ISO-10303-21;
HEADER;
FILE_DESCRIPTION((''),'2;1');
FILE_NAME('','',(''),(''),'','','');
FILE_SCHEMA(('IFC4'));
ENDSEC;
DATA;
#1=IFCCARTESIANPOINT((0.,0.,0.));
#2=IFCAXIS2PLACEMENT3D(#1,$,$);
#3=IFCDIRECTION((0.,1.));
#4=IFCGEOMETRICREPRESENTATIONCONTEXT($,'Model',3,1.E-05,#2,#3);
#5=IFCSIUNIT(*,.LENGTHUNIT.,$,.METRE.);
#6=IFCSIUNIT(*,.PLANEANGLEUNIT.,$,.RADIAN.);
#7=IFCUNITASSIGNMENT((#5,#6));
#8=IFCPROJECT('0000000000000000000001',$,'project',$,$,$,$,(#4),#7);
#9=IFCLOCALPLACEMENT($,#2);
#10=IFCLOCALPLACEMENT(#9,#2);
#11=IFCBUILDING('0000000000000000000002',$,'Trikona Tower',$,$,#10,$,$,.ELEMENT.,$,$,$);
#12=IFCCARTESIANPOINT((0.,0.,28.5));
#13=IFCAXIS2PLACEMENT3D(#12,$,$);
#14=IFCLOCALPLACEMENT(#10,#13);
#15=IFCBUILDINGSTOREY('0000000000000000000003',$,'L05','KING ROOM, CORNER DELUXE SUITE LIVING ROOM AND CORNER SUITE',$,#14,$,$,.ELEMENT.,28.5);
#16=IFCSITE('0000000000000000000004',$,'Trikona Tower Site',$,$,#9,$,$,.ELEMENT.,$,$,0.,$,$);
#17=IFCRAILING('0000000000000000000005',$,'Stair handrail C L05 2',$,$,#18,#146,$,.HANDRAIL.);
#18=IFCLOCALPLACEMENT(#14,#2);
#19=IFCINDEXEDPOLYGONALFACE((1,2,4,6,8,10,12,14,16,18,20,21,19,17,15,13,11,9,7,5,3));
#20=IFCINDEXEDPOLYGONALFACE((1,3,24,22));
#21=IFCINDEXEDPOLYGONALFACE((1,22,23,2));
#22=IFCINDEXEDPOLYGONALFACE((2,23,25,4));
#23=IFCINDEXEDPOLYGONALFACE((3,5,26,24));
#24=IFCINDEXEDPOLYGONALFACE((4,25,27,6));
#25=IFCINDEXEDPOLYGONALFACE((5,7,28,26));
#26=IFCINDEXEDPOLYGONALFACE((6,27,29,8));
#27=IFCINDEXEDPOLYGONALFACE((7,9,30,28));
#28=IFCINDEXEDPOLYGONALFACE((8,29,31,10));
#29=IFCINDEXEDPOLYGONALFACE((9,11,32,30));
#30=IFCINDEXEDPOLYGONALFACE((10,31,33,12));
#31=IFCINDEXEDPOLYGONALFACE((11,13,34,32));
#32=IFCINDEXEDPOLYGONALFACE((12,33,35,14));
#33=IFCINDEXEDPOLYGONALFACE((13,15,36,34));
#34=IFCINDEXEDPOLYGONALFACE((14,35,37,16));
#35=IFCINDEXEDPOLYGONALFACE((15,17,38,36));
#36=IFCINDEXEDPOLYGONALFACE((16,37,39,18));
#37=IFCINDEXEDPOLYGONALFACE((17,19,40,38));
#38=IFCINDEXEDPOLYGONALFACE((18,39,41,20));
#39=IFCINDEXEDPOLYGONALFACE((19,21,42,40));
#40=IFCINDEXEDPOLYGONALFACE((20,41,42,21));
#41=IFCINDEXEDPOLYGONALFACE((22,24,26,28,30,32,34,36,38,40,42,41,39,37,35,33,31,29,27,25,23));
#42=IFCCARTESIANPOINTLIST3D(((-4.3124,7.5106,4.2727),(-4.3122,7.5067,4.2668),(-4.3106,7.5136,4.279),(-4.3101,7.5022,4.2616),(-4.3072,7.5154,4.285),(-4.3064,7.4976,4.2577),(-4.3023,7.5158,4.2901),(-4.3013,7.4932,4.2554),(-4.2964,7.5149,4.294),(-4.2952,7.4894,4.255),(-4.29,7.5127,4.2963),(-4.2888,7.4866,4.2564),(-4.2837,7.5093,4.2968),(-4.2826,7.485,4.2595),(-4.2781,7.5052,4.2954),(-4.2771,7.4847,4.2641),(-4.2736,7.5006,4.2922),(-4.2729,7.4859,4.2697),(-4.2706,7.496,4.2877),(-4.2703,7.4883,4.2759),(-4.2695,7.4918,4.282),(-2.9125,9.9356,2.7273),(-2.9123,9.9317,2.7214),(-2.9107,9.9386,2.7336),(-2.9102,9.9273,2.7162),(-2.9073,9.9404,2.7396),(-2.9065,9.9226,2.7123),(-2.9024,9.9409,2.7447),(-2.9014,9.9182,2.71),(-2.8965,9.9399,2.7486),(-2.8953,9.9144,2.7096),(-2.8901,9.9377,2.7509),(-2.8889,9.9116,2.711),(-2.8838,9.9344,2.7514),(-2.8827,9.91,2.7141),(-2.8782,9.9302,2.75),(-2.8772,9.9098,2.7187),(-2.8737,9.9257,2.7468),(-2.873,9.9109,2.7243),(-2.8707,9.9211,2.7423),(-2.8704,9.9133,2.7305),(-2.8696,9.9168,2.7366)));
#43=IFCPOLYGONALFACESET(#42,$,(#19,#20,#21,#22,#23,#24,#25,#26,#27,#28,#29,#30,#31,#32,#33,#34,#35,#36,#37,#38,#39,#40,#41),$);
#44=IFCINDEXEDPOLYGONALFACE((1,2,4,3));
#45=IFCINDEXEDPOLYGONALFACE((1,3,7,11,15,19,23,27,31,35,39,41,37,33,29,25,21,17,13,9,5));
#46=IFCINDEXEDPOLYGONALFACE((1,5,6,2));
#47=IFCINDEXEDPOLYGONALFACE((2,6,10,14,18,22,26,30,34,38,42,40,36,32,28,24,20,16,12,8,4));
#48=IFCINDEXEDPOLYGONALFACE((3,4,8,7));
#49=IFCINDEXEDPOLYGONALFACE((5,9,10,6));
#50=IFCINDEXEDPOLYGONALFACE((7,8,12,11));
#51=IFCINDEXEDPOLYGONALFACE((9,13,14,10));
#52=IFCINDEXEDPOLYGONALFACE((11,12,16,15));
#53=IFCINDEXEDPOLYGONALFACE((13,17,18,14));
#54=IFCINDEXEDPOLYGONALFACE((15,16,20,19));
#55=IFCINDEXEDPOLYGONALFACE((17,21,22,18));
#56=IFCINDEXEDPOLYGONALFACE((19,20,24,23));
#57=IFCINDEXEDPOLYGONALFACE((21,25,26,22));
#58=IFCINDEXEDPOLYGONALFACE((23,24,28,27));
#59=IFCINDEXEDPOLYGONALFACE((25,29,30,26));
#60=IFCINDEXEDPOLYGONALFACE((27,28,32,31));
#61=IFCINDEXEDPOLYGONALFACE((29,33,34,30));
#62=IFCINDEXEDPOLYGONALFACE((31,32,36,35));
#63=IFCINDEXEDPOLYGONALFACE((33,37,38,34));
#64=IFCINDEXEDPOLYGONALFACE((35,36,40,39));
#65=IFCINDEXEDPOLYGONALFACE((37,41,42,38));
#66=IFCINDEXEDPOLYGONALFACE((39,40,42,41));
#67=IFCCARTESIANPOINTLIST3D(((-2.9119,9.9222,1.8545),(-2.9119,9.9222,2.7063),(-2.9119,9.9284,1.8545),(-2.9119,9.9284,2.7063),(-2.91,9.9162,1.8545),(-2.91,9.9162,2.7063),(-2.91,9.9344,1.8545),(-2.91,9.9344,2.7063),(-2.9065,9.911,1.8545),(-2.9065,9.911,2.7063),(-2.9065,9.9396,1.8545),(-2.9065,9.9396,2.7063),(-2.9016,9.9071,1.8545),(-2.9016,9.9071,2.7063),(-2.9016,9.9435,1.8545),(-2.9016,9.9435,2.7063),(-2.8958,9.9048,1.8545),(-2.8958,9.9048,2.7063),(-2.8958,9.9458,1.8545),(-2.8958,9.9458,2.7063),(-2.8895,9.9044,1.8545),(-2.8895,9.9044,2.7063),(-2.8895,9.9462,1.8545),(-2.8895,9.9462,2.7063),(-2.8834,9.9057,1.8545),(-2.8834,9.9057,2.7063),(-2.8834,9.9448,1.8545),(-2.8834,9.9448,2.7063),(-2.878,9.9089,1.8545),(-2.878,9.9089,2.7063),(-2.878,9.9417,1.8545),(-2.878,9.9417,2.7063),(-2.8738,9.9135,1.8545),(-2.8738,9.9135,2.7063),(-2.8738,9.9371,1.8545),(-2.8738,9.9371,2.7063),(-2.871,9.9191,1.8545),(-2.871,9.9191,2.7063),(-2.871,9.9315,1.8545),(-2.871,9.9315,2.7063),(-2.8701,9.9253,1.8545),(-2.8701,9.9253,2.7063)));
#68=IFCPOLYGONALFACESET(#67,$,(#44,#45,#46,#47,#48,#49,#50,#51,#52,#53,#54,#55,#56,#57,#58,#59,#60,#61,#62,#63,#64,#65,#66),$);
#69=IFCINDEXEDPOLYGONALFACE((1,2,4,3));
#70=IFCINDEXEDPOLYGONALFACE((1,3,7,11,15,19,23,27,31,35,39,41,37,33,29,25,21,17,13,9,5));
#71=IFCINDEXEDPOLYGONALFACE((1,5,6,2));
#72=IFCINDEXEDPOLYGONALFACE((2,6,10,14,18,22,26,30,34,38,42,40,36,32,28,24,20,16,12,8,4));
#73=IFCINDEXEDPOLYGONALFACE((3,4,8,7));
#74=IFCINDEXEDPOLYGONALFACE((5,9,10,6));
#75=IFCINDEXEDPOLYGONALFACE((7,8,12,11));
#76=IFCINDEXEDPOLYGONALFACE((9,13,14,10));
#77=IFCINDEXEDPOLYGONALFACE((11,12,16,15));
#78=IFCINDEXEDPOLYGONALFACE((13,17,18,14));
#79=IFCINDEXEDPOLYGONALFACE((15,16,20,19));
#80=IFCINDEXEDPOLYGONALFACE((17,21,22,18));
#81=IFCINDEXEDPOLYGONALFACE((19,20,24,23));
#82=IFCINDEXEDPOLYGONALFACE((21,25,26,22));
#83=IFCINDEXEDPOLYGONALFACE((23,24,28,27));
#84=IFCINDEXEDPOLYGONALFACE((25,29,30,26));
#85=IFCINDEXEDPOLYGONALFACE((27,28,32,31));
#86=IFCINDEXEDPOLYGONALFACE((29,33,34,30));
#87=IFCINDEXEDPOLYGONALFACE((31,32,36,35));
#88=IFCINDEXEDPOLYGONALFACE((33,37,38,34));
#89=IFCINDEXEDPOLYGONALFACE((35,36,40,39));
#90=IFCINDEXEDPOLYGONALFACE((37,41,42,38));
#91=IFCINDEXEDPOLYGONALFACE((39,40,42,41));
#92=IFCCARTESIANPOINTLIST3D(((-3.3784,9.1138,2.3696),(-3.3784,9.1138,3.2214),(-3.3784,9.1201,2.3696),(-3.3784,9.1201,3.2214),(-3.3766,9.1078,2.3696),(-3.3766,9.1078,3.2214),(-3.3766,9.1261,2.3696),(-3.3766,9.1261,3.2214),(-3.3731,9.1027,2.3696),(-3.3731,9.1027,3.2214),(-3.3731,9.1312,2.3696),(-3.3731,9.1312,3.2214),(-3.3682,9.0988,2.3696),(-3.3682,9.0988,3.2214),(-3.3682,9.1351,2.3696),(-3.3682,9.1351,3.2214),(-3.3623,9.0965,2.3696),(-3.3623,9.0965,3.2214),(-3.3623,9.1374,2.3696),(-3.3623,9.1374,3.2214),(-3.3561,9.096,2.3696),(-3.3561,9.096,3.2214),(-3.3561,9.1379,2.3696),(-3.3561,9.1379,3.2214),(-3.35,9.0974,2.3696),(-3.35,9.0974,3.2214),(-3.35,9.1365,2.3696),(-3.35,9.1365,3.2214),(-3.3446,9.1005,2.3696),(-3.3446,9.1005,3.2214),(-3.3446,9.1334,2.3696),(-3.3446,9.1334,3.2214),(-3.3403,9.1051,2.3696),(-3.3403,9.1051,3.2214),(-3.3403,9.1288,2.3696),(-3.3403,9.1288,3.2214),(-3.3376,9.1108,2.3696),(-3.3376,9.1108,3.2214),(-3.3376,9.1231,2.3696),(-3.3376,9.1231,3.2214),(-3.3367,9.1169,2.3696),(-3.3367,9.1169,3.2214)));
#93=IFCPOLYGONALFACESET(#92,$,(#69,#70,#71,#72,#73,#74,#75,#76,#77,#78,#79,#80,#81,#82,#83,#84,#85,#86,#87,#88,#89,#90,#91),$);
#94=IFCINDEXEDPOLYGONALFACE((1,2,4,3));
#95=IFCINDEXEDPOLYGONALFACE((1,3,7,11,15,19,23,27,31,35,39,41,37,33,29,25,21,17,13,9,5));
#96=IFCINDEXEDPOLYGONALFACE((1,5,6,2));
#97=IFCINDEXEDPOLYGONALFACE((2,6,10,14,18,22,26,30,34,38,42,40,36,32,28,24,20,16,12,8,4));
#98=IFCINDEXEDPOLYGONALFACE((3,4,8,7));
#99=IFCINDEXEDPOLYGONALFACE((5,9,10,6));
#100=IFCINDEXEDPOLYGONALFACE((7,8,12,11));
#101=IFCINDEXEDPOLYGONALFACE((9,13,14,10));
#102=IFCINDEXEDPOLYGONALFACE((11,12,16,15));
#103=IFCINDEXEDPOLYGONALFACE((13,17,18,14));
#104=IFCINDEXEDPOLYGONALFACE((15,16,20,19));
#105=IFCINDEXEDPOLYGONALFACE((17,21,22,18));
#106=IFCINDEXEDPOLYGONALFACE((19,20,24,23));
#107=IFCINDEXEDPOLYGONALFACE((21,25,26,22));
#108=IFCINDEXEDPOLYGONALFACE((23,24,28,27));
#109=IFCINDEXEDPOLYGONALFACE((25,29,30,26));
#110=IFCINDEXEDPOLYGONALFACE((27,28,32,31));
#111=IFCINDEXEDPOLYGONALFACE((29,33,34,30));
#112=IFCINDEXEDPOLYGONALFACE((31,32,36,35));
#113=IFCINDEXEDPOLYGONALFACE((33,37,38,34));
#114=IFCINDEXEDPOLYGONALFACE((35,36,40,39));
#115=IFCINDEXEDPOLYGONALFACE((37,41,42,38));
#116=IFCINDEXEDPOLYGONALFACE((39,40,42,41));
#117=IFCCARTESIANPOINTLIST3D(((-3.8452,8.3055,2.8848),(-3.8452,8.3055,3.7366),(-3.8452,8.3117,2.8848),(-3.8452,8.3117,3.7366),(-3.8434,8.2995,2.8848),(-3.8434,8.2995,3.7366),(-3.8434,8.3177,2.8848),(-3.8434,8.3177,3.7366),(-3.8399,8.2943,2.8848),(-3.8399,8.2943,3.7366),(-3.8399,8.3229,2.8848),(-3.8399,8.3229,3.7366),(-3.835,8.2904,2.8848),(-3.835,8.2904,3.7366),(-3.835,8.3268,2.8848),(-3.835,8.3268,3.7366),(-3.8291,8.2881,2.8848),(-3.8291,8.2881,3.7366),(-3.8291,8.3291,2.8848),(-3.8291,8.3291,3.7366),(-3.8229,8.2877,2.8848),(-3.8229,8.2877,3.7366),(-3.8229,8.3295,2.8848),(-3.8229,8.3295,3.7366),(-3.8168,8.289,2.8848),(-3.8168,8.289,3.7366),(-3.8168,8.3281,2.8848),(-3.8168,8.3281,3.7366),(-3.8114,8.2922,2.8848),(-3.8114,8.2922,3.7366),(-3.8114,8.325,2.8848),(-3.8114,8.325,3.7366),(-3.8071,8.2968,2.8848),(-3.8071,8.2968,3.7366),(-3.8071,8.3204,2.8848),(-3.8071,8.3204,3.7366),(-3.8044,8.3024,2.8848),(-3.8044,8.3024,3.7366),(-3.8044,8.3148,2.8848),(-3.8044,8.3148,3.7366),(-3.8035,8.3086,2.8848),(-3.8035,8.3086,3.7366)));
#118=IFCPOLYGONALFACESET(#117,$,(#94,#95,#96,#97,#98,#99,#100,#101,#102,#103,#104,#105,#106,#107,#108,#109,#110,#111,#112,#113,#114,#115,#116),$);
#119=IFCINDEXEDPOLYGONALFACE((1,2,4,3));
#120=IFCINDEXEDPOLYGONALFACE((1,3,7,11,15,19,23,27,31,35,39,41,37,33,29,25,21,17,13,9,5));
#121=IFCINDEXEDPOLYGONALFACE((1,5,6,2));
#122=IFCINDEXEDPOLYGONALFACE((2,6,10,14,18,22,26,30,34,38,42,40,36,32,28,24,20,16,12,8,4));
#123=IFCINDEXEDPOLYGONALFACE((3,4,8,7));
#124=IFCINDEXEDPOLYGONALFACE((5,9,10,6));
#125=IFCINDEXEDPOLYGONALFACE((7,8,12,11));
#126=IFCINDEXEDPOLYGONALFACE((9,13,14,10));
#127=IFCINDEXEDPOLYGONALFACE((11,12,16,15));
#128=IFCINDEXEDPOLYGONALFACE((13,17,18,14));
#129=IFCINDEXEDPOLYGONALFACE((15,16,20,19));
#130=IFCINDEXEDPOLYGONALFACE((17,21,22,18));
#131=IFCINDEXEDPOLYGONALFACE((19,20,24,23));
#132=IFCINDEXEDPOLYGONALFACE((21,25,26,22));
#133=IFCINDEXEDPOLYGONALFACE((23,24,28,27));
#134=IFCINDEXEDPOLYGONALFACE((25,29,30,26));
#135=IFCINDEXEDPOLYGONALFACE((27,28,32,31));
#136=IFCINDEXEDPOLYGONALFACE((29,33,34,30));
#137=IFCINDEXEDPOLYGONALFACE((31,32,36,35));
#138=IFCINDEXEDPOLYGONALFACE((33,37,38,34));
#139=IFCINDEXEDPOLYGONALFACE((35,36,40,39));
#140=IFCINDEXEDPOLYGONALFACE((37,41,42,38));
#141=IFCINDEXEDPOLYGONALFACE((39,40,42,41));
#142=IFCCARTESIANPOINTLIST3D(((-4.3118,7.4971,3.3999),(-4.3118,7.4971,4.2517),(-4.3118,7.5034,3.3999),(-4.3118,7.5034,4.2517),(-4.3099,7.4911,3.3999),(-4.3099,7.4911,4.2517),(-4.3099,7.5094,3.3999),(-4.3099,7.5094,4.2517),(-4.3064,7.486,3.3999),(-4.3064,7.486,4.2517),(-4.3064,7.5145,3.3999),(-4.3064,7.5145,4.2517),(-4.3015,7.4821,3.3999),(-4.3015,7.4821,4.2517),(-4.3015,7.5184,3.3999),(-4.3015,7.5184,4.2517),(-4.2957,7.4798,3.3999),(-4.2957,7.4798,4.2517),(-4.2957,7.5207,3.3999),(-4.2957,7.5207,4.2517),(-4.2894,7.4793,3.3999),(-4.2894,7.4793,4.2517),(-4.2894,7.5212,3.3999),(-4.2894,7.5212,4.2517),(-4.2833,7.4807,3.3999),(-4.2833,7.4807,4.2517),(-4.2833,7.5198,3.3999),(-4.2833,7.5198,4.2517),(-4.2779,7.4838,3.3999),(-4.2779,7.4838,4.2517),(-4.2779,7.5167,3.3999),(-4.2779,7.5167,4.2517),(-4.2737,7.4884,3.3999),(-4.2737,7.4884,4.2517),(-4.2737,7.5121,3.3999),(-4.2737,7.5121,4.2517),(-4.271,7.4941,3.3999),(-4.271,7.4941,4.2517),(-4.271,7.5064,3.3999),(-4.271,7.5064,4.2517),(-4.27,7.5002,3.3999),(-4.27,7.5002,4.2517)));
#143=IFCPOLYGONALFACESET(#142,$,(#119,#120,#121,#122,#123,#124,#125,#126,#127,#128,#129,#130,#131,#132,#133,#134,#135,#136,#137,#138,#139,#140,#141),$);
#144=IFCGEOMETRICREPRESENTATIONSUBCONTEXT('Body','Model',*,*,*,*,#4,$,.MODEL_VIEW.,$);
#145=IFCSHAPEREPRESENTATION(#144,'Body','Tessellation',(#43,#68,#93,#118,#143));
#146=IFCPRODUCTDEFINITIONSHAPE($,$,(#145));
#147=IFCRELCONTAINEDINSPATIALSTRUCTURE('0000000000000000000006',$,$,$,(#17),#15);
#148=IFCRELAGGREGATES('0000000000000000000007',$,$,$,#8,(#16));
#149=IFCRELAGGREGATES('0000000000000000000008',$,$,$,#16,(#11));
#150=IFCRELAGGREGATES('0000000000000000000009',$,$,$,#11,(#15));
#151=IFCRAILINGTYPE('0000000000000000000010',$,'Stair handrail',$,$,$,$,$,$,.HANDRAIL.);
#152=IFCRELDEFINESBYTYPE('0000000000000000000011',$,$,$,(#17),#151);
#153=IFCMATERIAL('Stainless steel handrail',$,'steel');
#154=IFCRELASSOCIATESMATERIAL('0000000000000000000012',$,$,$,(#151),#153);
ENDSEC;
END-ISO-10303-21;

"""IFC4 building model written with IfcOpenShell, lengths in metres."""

from ifc_helpers import new_model, si_unit, direction, frame, origin, origin_2d, place, context, subcontext, project, spatial, circle, extrude, material, type_object, element, save


model = new_model("IFC4")

# Units and contexts
model_context = context("Model", 3, precision=1e-05, world=origin(), true_north=direction((0.0, 1.0)))
body_context = subcontext(model_context, "Body", "Model", "MODEL_VIEW")
ifc_project = project(units=[si_unit("LENGTHUNIT", "METRE"), si_unit("PLANEANGLEUNIT", "RADIAN")], contexts=[model_context])

# Site, building, storey
site_placement = place(None, origin())
site = spatial("IfcSite", under=ifc_project, at=site_placement, Name="Trikona Tower Site", CompositionType="ELEMENT", RefElevation=0.0)
building_placement = place(site_placement, origin())
building = spatial("IfcBuilding", under=site, at=building_placement, Name="Trikona Tower", CompositionType="ELEMENT")
storey_placement = place(building_placement, frame((0.0, 0.0, 28.5)))
storey = spatial("IfcBuildingStorey", under=building, at=storey_placement, Name="L05", Description="KING ROOM, CORNER DELUXE SUITE LIVING ROOM AND CORNER SUITE", CompositionType="ELEMENT", Elevation=28.5)

# Railing
ifc_material_1 = material(Name="Stainless steel handrail", Category="steel")
railing_type = type_object("IfcRailingType", Name="Stair handrail", PredefinedType="HANDRAIL", material=ifc_material_1)
railing_1_placement = place(storey_placement, frame((-2.8911, 9.9253, 1.8545)))
element("IfcRailing", 1, at=railing_1_placement, inside=storey, type_object=railing_type, Name="Stair handrail C L05 2", PredefinedType="HANDRAIL", context=body_context, shape_type="SweptSolid", body=[
    extrude(circle(Radius=0.0239, at=origin_2d()), frame((0.0, 0.0, 0.876), z_axis=(-0.437707, -0.75824, 0.483203), x_axis=(0.866056, -0.499946, 0.0)), (0.0, 0.0, 1.0), 3.1982),
    extrude(circle(Radius=0.021, at=origin_2d()), origin(), (0.0, 0.0, 1.0), 0.8518),
    extrude(circle(Radius=0.021, at=origin_2d()), frame((-0.4666, -0.8083, 0.5151)), (0.0, 0.0, 1.0), 0.8518),
    extrude(circle(Radius=0.021, at=origin_2d()), frame((-0.9333, -1.6167, 1.0303)), (0.0, 0.0, 1.0), 0.8518),
    extrude(circle(Radius=0.021, at=origin_2d()), frame((-1.3999, -2.425, 1.5454)), (0.0, 0.0, 1.0), 0.8518),
])

save(model, "model.ifc")
